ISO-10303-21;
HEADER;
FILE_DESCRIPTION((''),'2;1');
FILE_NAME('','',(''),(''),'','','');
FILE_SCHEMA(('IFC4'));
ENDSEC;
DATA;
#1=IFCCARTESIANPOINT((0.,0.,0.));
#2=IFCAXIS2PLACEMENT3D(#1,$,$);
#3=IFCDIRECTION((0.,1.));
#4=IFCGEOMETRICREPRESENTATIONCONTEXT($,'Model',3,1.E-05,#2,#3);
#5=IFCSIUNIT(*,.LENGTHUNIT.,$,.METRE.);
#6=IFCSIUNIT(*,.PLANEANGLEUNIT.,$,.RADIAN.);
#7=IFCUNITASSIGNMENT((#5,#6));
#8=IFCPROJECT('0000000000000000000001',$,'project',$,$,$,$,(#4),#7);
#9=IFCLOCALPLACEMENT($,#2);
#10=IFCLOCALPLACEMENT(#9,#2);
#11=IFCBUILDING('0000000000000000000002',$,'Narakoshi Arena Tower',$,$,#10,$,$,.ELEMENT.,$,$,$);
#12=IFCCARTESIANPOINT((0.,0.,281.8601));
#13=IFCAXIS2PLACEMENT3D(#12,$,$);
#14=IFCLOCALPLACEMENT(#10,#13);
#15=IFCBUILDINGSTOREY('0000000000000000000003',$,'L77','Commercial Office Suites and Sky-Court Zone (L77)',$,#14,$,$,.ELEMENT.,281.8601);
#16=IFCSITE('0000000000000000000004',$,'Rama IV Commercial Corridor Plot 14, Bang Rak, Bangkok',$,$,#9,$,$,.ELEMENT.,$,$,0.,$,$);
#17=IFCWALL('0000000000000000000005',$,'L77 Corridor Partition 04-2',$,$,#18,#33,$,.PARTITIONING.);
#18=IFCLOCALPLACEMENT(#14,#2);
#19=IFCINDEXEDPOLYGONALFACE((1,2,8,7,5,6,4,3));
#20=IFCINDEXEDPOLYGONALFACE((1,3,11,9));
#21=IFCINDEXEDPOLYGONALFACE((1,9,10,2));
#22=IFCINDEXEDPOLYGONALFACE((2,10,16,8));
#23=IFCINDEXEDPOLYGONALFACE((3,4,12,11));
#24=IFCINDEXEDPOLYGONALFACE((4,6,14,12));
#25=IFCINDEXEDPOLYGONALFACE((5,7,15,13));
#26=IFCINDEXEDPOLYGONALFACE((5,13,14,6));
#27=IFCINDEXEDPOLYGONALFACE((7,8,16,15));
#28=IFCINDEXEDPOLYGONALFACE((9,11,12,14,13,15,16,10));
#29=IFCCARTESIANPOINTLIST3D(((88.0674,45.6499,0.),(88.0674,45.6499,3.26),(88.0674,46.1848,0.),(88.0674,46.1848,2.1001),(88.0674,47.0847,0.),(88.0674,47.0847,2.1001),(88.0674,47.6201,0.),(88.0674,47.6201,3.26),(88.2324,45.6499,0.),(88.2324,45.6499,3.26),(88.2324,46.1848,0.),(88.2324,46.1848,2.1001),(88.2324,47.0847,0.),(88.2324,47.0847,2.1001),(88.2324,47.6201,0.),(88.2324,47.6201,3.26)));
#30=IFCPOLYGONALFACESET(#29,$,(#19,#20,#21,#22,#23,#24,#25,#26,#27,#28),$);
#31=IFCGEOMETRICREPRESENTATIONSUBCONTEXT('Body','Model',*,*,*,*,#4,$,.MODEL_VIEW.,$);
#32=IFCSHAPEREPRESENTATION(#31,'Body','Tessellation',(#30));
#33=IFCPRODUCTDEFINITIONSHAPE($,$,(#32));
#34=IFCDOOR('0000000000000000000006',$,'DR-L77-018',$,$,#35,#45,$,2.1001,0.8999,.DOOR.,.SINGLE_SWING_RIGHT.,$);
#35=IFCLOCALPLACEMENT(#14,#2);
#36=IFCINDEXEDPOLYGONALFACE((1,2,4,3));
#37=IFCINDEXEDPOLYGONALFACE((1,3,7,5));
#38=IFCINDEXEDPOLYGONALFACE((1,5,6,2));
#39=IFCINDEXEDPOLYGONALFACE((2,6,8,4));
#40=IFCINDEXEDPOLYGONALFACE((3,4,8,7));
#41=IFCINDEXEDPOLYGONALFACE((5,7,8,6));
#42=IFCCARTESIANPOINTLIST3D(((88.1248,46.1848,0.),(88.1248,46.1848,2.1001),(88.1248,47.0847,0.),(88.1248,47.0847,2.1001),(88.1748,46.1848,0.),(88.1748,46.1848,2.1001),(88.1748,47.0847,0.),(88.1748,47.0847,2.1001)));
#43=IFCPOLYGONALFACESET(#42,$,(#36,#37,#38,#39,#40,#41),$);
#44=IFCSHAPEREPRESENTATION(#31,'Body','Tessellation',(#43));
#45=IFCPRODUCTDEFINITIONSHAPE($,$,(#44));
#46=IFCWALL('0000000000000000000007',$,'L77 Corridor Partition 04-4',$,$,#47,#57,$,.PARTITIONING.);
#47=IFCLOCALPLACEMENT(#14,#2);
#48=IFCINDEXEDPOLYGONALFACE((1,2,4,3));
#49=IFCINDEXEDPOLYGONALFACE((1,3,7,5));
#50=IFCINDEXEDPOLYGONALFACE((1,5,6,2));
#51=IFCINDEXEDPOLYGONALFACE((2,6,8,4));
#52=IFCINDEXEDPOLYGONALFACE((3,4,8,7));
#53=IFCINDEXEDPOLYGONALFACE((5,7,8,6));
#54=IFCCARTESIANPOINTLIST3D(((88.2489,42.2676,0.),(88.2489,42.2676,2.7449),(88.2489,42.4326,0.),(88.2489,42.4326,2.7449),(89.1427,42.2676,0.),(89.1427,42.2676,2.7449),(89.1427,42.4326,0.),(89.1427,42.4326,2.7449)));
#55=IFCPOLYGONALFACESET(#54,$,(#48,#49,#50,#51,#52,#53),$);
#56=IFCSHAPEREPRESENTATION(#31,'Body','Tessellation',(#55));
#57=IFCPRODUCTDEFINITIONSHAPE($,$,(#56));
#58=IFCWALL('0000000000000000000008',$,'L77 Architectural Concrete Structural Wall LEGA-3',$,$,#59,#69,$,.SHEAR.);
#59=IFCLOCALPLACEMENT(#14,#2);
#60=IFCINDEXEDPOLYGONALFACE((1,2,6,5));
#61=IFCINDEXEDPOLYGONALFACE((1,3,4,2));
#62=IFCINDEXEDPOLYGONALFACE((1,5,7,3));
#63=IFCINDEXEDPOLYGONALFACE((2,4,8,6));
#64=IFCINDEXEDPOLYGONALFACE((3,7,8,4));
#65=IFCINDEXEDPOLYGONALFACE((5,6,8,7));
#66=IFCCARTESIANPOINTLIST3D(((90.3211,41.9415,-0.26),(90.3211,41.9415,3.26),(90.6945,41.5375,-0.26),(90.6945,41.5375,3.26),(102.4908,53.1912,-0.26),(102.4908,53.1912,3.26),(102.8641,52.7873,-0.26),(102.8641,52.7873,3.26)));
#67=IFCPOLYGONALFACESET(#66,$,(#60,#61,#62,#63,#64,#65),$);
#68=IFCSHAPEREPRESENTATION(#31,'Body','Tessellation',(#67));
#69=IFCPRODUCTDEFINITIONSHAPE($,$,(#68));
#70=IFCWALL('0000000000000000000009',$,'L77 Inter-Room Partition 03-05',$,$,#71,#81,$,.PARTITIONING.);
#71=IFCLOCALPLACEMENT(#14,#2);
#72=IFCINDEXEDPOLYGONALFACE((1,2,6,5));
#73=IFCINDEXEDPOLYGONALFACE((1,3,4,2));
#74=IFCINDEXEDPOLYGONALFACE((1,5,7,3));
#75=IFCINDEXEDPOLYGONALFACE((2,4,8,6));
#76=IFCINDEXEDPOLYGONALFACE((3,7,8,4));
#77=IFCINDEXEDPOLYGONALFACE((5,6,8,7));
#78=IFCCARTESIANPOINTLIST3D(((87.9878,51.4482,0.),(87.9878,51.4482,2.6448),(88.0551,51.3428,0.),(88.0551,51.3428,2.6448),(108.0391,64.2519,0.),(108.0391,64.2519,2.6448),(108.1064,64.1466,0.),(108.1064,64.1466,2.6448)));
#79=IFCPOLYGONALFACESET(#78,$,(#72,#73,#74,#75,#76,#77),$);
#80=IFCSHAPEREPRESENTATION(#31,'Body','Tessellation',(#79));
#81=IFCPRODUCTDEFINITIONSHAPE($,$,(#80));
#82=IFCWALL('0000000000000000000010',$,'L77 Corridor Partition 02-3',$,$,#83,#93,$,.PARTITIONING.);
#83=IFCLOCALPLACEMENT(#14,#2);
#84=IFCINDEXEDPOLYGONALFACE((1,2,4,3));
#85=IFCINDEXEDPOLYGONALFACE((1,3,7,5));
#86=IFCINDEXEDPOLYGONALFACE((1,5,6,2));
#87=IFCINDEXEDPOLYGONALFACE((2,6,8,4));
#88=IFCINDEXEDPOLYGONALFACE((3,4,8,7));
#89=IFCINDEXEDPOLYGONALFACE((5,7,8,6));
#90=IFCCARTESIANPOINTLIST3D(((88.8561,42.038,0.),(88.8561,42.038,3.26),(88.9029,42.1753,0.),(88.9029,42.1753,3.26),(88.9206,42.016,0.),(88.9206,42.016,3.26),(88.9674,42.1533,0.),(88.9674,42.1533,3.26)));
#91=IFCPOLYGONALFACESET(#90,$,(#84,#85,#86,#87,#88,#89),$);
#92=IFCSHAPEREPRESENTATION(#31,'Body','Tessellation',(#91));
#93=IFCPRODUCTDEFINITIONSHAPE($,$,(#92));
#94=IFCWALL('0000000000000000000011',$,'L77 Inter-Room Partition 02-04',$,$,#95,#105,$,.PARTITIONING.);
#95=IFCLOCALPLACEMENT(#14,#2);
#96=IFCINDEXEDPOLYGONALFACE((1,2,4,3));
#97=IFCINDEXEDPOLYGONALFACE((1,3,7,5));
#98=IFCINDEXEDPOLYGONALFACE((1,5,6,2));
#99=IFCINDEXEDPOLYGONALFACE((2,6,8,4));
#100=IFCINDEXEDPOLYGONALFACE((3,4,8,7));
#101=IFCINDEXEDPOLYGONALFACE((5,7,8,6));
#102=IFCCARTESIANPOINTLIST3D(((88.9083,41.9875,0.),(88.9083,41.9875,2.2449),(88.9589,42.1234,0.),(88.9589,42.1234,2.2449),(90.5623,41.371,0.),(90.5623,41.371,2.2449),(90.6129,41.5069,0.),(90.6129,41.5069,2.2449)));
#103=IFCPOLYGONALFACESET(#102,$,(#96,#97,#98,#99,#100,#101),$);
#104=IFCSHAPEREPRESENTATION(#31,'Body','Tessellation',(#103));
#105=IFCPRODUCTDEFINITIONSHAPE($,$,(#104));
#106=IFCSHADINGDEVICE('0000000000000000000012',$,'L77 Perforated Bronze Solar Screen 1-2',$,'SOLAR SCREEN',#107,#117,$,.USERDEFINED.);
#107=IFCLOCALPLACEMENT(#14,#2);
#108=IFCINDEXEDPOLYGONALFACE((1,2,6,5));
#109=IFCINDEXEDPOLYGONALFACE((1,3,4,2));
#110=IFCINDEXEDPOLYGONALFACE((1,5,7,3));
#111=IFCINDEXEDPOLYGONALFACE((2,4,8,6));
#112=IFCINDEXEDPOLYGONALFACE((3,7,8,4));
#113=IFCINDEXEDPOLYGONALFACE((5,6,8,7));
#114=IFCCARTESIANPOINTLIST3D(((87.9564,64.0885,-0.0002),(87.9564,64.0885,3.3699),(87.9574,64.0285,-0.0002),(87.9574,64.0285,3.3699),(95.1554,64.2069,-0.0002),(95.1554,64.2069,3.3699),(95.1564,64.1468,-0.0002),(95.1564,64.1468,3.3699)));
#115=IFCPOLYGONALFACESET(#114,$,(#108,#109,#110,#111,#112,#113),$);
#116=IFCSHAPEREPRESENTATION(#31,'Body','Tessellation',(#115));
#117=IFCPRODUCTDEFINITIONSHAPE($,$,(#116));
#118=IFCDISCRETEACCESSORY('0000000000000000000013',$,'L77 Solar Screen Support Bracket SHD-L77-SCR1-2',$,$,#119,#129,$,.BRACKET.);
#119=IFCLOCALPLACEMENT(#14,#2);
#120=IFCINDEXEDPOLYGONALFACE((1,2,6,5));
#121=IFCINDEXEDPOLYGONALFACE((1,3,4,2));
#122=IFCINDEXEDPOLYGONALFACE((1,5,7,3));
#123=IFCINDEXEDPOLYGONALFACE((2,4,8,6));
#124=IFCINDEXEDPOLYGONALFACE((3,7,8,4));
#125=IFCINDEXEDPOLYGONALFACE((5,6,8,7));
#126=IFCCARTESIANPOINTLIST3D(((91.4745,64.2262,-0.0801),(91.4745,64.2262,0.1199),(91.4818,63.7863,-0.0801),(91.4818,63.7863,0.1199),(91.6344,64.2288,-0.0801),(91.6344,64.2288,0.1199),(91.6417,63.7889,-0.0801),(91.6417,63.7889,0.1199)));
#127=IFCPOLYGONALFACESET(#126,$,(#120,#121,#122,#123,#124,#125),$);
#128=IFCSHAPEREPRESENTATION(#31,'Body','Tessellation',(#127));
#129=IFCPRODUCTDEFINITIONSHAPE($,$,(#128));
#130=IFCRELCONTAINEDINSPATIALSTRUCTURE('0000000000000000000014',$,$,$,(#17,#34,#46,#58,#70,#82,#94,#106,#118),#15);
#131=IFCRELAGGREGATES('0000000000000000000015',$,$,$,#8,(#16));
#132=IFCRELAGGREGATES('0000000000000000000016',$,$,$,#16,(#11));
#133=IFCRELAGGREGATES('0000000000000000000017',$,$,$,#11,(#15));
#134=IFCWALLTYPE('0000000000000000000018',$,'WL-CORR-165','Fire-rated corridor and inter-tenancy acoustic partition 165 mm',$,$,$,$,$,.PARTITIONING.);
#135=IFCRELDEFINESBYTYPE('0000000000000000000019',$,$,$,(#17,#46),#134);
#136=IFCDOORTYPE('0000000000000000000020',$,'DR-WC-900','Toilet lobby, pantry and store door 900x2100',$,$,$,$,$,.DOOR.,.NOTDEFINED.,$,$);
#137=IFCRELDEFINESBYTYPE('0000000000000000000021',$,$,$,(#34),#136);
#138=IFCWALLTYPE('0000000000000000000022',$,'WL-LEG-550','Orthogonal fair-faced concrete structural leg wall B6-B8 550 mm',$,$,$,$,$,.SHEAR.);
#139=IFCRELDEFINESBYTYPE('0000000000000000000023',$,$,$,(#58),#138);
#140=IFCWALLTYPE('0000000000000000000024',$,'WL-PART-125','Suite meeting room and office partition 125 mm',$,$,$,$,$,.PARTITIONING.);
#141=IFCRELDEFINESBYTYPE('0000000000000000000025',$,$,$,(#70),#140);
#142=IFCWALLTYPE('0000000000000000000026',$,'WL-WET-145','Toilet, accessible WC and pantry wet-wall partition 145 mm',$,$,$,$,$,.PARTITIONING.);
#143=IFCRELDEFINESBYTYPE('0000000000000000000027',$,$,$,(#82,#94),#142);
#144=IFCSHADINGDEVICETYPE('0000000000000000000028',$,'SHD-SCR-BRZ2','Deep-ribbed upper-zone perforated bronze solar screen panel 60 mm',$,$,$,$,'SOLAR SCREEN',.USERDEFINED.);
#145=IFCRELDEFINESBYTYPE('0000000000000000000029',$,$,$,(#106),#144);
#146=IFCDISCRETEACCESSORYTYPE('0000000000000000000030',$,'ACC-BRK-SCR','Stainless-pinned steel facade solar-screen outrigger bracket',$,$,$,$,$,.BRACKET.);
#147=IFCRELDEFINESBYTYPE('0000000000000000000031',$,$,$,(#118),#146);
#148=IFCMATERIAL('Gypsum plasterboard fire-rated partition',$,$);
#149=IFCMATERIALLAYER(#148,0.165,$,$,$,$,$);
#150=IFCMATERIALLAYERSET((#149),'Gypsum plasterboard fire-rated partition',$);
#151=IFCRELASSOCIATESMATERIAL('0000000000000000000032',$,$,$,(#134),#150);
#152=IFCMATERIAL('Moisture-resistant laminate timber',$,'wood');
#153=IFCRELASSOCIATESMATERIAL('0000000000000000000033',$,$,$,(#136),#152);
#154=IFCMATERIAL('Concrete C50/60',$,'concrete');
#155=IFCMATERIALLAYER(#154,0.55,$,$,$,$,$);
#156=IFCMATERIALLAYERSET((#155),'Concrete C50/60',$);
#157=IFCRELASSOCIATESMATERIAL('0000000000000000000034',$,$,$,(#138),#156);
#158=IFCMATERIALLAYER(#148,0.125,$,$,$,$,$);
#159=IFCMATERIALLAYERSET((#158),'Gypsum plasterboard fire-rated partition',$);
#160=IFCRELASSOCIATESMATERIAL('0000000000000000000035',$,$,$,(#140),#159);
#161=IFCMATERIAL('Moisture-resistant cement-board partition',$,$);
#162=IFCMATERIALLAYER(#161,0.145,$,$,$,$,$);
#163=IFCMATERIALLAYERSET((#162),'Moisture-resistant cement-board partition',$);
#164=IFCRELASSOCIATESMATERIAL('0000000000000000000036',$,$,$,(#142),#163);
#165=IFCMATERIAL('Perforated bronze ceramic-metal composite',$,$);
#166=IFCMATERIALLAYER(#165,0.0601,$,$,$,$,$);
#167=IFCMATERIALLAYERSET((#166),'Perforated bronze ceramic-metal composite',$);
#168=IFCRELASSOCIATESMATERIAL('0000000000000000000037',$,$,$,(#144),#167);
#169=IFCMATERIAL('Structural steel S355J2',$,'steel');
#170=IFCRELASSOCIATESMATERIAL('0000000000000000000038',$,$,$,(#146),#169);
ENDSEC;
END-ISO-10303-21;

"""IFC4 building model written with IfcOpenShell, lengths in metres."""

from ifc_helpers import new_model, si_unit, direction, frame, frame_2d, origin, origin_2d, place, context, subcontext, project, spatial, rectangle, extrude, material, layer, layer_set, type_object, element, fill, save


model = new_model("IFC4")

# Units and contexts
model_context = context("Model", 3, precision=1e-05, world=origin(), true_north=direction((0.0, 1.0)))
body_context = subcontext(model_context, "Body", "Model", "MODEL_VIEW")
ifc_project = project(units=[si_unit("LENGTHUNIT", "METRE"), si_unit("PLANEANGLEUNIT", "RADIAN")], contexts=[model_context])

# Site, building, storey
site_placement = place(None, origin())
site = spatial("IfcSite", under=ifc_project, at=site_placement, Name="Rama IV Commercial Corridor Plot 14, Bang Rak, Bangkok", CompositionType="ELEMENT", RefElevation=0.0)
building_placement = place(site_placement, origin())
building = spatial("IfcBuilding", under=site, at=building_placement, Name="Narakoshi Arena Tower", CompositionType="ELEMENT")
storey_placement = place(building_placement, frame((0.0, 0.0, 281.8601)))
storey = spatial("IfcBuildingStorey", under=building, at=storey_placement, Name="L77", Description="Commercial Office Suites and Sky-Court Zone (L77)", CompositionType="ELEMENT", Elevation=281.8601)

# Shared definitions
ifc_material_1 = material(Name="Concrete C50/60", Category="concrete")

# Shared definitions
ifc_material_2 = material(Name="Structural steel S355J2", Category="steel")

# Wall, opening, door
ifc_material_3 = material(Name="Gypsum plasterboard fire-rated partition")
ifc_layer_1 = layer(ifc_material_3, 0.165)
ifc_layer_set_1 = layer_set([ifc_layer_1], Name="Gypsum plasterboard fire-rated partition")
wall_type_1 = type_object("IfcWallType", Name="WL-CORR-165", Description="Fire-rated corridor and inter-tenancy acoustic partition 165 mm", PredefinedType="PARTITIONING", material=ifc_layer_set_1)
wall_1_placement = place(storey_placement, frame((88.1499, 45.6499, 0.0), z_axis=(0.0, 0.0, 1.0), x_axis=(0.0, 1.0, 0.0)))
wall_1 = element("IfcWall", 1, at=wall_1_placement, inside=storey, type_object=wall_type_1, Name="L77 Corridor Partition 04-2", PredefinedType="PARTITIONING", context=body_context, shape_type="SweptSolid", body=[
    extrude(rectangle(XDim=1.9702, YDim=0.165, at=frame_2d((0.9851, 0.0))), origin(), (0.0, 0.0, 1.0), 3.26),
])
opening_placement = place(wall_1_placement, frame((0.5349, 0.0, 0.0)))
opening = element("IfcOpeningElement", 2, at=opening_placement, cuts=wall_1, PredefinedType="OPENING", context=body_context, shape_type="SweptSolid", body=[
    extrude(rectangle(XDim=0.8999, YDim=2.1001, at=frame_2d((0.45, 1.05))), frame((0.0, 0.0925, 0.0), z_axis=(0.0, -1.0, 0.0), x_axis=(1.0, 0.0, 0.0)), (0.0, 0.0, 1.0), 0.1851),
])
ifc_material_4 = material(Name="Moisture-resistant laminate timber", Category="wood")
door_type = type_object("IfcDoorType", Name="DR-WC-900", Description="Toilet lobby, pantry and store door 900x2100", OperationType="NOTDEFINED", PredefinedType="DOOR", material=ifc_material_4)
door_placement = place(opening_placement, frame((0.8999, 0.0, 0.0), z_axis=(0.0, 0.0, 1.0), x_axis=(-1.0, 0.0, 0.0)))
door = element("IfcDoor", 3, at=door_placement, inside=storey, type_object=door_type, Name="DR-L77-018", OperationType="SINGLE_SWING_RIGHT", OverallHeight=2.1001, OverallWidth=0.8999, PredefinedType="DOOR", context=body_context, shape_type="SweptSolid", body=[
    extrude(rectangle(XDim=0.8999, YDim=2.1001, at=frame_2d((0.45, 1.05))), frame((0.0, 0.0249, 0.0), z_axis=(0.0, -1.0, 0.0), x_axis=(1.0, 0.0, 0.0)), (0.0, 0.0, 1.0), 0.05),
])
fill(opening, door)

# Walls
wall_2_placement = place(storey_placement, frame((89.1426, 42.3501, 0.0), z_axis=(0.0, 0.0, 1.0), x_axis=(-1.0, 0.0, 0.0)))
element("IfcWall", 4, at=wall_2_placement, inside=storey, type_object=wall_type_1, Name="L77 Corridor Partition 04-4", PredefinedType="PARTITIONING", context=body_context, shape_type="SweptSolid", body=[
    extrude(rectangle(XDim=0.8938, YDim=0.165, at=frame_2d((0.4468, 0.0))), origin(), (0.0, 0.0, 1.0), 2.7449),
])
ifc_layer_2 = layer(ifc_material_1, 0.55)
ifc_layer_set_2 = layer_set([ifc_layer_2], Name="Concrete C50/60")
wall_type_2 = type_object("IfcWallType", Name="WL-LEG-550", Description="Orthogonal fair-faced concrete structural leg wall B6-B8 550 mm", PredefinedType="SHEAR", material=ifc_layer_set_2)
wall_3_placement = place(storey_placement, frame((90.5078, 41.7395, -0.26), z_axis=(0.0, 0.0, 1.0), x_axis=(0.734316, 0.678808, 0.0)))
element("IfcWall", 5, at=wall_3_placement, inside=storey, type_object=wall_type_2, Name="L77 Architectural Concrete Structural Wall LEGA-3", PredefinedType="SHEAR", context=body_context, shape_type="SweptSolid", body=[
    extrude(rectangle(XDim=16.5728, YDim=0.55, at=frame_2d((8.2864, 0.0))), origin(), (0.0, 0.0, 1.0), 3.52),
])
ifc_layer_3 = layer(ifc_material_3, 0.125)
ifc_layer_set_3 = layer_set([ifc_layer_3], Name="Gypsum plasterboard fire-rated partition")
wall_type_3 = type_object("IfcWallType", Name="WL-PART-125", Description="Suite meeting room and office partition 125 mm", PredefinedType="PARTITIONING", material=ifc_layer_set_3)
wall_4_placement = place(storey_placement, frame((88.0215, 51.3955, 0.0), z_axis=(0.0, 0.0, 1.0), x_axis=(0.842826, 0.538186, 0.0)))
element("IfcWall", 6, at=wall_4_placement, inside=storey, type_object=wall_type_3, Name="L77 Inter-Room Partition 03-05", PredefinedType="PARTITIONING", context=body_context, shape_type="SweptSolid", body=[
    extrude(rectangle(XDim=23.7905, YDim=0.125, at=frame_2d((11.8953, 0.0))), origin(), (0.0, 0.0, 1.0), 2.6448),
])
ifc_material_5 = material(Name="Moisture-resistant cement-board partition")
ifc_layer_4 = layer(ifc_material_5, 0.145)
ifc_layer_set_4 = layer_set([ifc_layer_4], Name="Moisture-resistant cement-board partition")
wall_type_4 = type_object("IfcWallType", Name="WL-WET-145", Description="Toilet, accessible WC and pantry wet-wall partition 145 mm", PredefinedType="PARTITIONING", material=ifc_layer_set_4)
wall_5_placement = place(storey_placement, frame((88.8794, 42.1067, 0.0), z_axis=(0.0, 0.0, 1.0), x_axis=(0.94651, -0.322674, 0.0)))
element("IfcWall", 7, at=wall_5_placement, inside=storey, type_object=wall_type_4, Name="L77 Corridor Partition 02-3", PredefinedType="PARTITIONING", context=body_context, shape_type="SweptSolid", body=[
    extrude(rectangle(XDim=0.0681, YDim=0.145, at=frame_2d((0.0342, 0.0))), origin(), (0.0, 0.0, 1.0), 3.26),
])
wall_6_placement = place(storey_placement, frame((88.9336, 42.0554, 0.0), z_axis=(0.0, 0.0, 1.0), x_axis=(0.937038, -0.349228, 0.0)))
element("IfcWall", 8, at=wall_6_placement, inside=storey, type_object=wall_type_4, Name="L77 Inter-Room Partition 02-04", PredefinedType="PARTITIONING", context=body_context, shape_type="SweptSolid", body=[
    extrude(rectangle(XDim=1.7651, YDim=0.145, at=frame_2d((0.8826, 0.0))), origin(), (0.0, 0.0, 1.0), 2.2449),
])

# Shading device
ifc_material_6 = material(Name="Perforated bronze ceramic-metal composite")
ifc_layer_5 = layer(ifc_material_6, 0.0601)
ifc_layer_set_5 = layer_set([ifc_layer_5], Name="Perforated bronze ceramic-metal composite")
shading_device_type = type_object("IfcShadingDeviceType", Name="SHD-SCR-BRZ2", Description="Deep-ribbed upper-zone perforated bronze solar screen panel 60 mm", ElementType="SOLAR SCREEN", PredefinedType="USERDEFINED", material=ifc_layer_set_5)
shading_device_placement = place(storey_placement, frame((91.5564, 64.1177, -0.0002), z_axis=(0.0, 0.0, 1.0), x_axis=(-0.999865, -0.01644, 0.0)))
element("IfcShadingDevice", 9, at=shading_device_placement, inside=storey, type_object=shading_device_type, Name="L77 Perforated Bronze Solar Screen 1-2", ObjectType="SOLAR SCREEN", PredefinedType="USERDEFINED", context=body_context, shape_type="SweptSolid", body=[
    extrude(rectangle(XDim=7.2, YDim=0.0601, at=origin_2d()), origin(), (0.0, 0.0, 1.0), 3.3701),
])

# Discrete accessory
discrete_accessory_type = type_object("IfcDiscreteAccessoryType", Name="ACC-BRK-SCR", Description="Stainless-pinned steel facade solar-screen outrigger bracket", PredefinedType="BRACKET", material=ifc_material_2)
discrete_accessory_placement = place(storey_placement, frame((91.5581, 64.0076, -0.0801), z_axis=(0.0, 0.0, 1.0), x_axis=(-0.999865, -0.01644, 0.0)))
element("IfcDiscreteAccessory", 10, at=discrete_accessory_placement, inside=storey, type_object=discrete_accessory_type, Name="L77 Solar Screen Support Bracket SHD-L77-SCR1-2", PredefinedType="BRACKET", context=body_context, shape_type="SweptSolid", body=[
    extrude(rectangle(XDim=0.1599, YDim=0.4399, at=origin_2d()), origin(), (0.0, 0.0, 1.0), 0.2),
])

save(model, "model.ifc")
